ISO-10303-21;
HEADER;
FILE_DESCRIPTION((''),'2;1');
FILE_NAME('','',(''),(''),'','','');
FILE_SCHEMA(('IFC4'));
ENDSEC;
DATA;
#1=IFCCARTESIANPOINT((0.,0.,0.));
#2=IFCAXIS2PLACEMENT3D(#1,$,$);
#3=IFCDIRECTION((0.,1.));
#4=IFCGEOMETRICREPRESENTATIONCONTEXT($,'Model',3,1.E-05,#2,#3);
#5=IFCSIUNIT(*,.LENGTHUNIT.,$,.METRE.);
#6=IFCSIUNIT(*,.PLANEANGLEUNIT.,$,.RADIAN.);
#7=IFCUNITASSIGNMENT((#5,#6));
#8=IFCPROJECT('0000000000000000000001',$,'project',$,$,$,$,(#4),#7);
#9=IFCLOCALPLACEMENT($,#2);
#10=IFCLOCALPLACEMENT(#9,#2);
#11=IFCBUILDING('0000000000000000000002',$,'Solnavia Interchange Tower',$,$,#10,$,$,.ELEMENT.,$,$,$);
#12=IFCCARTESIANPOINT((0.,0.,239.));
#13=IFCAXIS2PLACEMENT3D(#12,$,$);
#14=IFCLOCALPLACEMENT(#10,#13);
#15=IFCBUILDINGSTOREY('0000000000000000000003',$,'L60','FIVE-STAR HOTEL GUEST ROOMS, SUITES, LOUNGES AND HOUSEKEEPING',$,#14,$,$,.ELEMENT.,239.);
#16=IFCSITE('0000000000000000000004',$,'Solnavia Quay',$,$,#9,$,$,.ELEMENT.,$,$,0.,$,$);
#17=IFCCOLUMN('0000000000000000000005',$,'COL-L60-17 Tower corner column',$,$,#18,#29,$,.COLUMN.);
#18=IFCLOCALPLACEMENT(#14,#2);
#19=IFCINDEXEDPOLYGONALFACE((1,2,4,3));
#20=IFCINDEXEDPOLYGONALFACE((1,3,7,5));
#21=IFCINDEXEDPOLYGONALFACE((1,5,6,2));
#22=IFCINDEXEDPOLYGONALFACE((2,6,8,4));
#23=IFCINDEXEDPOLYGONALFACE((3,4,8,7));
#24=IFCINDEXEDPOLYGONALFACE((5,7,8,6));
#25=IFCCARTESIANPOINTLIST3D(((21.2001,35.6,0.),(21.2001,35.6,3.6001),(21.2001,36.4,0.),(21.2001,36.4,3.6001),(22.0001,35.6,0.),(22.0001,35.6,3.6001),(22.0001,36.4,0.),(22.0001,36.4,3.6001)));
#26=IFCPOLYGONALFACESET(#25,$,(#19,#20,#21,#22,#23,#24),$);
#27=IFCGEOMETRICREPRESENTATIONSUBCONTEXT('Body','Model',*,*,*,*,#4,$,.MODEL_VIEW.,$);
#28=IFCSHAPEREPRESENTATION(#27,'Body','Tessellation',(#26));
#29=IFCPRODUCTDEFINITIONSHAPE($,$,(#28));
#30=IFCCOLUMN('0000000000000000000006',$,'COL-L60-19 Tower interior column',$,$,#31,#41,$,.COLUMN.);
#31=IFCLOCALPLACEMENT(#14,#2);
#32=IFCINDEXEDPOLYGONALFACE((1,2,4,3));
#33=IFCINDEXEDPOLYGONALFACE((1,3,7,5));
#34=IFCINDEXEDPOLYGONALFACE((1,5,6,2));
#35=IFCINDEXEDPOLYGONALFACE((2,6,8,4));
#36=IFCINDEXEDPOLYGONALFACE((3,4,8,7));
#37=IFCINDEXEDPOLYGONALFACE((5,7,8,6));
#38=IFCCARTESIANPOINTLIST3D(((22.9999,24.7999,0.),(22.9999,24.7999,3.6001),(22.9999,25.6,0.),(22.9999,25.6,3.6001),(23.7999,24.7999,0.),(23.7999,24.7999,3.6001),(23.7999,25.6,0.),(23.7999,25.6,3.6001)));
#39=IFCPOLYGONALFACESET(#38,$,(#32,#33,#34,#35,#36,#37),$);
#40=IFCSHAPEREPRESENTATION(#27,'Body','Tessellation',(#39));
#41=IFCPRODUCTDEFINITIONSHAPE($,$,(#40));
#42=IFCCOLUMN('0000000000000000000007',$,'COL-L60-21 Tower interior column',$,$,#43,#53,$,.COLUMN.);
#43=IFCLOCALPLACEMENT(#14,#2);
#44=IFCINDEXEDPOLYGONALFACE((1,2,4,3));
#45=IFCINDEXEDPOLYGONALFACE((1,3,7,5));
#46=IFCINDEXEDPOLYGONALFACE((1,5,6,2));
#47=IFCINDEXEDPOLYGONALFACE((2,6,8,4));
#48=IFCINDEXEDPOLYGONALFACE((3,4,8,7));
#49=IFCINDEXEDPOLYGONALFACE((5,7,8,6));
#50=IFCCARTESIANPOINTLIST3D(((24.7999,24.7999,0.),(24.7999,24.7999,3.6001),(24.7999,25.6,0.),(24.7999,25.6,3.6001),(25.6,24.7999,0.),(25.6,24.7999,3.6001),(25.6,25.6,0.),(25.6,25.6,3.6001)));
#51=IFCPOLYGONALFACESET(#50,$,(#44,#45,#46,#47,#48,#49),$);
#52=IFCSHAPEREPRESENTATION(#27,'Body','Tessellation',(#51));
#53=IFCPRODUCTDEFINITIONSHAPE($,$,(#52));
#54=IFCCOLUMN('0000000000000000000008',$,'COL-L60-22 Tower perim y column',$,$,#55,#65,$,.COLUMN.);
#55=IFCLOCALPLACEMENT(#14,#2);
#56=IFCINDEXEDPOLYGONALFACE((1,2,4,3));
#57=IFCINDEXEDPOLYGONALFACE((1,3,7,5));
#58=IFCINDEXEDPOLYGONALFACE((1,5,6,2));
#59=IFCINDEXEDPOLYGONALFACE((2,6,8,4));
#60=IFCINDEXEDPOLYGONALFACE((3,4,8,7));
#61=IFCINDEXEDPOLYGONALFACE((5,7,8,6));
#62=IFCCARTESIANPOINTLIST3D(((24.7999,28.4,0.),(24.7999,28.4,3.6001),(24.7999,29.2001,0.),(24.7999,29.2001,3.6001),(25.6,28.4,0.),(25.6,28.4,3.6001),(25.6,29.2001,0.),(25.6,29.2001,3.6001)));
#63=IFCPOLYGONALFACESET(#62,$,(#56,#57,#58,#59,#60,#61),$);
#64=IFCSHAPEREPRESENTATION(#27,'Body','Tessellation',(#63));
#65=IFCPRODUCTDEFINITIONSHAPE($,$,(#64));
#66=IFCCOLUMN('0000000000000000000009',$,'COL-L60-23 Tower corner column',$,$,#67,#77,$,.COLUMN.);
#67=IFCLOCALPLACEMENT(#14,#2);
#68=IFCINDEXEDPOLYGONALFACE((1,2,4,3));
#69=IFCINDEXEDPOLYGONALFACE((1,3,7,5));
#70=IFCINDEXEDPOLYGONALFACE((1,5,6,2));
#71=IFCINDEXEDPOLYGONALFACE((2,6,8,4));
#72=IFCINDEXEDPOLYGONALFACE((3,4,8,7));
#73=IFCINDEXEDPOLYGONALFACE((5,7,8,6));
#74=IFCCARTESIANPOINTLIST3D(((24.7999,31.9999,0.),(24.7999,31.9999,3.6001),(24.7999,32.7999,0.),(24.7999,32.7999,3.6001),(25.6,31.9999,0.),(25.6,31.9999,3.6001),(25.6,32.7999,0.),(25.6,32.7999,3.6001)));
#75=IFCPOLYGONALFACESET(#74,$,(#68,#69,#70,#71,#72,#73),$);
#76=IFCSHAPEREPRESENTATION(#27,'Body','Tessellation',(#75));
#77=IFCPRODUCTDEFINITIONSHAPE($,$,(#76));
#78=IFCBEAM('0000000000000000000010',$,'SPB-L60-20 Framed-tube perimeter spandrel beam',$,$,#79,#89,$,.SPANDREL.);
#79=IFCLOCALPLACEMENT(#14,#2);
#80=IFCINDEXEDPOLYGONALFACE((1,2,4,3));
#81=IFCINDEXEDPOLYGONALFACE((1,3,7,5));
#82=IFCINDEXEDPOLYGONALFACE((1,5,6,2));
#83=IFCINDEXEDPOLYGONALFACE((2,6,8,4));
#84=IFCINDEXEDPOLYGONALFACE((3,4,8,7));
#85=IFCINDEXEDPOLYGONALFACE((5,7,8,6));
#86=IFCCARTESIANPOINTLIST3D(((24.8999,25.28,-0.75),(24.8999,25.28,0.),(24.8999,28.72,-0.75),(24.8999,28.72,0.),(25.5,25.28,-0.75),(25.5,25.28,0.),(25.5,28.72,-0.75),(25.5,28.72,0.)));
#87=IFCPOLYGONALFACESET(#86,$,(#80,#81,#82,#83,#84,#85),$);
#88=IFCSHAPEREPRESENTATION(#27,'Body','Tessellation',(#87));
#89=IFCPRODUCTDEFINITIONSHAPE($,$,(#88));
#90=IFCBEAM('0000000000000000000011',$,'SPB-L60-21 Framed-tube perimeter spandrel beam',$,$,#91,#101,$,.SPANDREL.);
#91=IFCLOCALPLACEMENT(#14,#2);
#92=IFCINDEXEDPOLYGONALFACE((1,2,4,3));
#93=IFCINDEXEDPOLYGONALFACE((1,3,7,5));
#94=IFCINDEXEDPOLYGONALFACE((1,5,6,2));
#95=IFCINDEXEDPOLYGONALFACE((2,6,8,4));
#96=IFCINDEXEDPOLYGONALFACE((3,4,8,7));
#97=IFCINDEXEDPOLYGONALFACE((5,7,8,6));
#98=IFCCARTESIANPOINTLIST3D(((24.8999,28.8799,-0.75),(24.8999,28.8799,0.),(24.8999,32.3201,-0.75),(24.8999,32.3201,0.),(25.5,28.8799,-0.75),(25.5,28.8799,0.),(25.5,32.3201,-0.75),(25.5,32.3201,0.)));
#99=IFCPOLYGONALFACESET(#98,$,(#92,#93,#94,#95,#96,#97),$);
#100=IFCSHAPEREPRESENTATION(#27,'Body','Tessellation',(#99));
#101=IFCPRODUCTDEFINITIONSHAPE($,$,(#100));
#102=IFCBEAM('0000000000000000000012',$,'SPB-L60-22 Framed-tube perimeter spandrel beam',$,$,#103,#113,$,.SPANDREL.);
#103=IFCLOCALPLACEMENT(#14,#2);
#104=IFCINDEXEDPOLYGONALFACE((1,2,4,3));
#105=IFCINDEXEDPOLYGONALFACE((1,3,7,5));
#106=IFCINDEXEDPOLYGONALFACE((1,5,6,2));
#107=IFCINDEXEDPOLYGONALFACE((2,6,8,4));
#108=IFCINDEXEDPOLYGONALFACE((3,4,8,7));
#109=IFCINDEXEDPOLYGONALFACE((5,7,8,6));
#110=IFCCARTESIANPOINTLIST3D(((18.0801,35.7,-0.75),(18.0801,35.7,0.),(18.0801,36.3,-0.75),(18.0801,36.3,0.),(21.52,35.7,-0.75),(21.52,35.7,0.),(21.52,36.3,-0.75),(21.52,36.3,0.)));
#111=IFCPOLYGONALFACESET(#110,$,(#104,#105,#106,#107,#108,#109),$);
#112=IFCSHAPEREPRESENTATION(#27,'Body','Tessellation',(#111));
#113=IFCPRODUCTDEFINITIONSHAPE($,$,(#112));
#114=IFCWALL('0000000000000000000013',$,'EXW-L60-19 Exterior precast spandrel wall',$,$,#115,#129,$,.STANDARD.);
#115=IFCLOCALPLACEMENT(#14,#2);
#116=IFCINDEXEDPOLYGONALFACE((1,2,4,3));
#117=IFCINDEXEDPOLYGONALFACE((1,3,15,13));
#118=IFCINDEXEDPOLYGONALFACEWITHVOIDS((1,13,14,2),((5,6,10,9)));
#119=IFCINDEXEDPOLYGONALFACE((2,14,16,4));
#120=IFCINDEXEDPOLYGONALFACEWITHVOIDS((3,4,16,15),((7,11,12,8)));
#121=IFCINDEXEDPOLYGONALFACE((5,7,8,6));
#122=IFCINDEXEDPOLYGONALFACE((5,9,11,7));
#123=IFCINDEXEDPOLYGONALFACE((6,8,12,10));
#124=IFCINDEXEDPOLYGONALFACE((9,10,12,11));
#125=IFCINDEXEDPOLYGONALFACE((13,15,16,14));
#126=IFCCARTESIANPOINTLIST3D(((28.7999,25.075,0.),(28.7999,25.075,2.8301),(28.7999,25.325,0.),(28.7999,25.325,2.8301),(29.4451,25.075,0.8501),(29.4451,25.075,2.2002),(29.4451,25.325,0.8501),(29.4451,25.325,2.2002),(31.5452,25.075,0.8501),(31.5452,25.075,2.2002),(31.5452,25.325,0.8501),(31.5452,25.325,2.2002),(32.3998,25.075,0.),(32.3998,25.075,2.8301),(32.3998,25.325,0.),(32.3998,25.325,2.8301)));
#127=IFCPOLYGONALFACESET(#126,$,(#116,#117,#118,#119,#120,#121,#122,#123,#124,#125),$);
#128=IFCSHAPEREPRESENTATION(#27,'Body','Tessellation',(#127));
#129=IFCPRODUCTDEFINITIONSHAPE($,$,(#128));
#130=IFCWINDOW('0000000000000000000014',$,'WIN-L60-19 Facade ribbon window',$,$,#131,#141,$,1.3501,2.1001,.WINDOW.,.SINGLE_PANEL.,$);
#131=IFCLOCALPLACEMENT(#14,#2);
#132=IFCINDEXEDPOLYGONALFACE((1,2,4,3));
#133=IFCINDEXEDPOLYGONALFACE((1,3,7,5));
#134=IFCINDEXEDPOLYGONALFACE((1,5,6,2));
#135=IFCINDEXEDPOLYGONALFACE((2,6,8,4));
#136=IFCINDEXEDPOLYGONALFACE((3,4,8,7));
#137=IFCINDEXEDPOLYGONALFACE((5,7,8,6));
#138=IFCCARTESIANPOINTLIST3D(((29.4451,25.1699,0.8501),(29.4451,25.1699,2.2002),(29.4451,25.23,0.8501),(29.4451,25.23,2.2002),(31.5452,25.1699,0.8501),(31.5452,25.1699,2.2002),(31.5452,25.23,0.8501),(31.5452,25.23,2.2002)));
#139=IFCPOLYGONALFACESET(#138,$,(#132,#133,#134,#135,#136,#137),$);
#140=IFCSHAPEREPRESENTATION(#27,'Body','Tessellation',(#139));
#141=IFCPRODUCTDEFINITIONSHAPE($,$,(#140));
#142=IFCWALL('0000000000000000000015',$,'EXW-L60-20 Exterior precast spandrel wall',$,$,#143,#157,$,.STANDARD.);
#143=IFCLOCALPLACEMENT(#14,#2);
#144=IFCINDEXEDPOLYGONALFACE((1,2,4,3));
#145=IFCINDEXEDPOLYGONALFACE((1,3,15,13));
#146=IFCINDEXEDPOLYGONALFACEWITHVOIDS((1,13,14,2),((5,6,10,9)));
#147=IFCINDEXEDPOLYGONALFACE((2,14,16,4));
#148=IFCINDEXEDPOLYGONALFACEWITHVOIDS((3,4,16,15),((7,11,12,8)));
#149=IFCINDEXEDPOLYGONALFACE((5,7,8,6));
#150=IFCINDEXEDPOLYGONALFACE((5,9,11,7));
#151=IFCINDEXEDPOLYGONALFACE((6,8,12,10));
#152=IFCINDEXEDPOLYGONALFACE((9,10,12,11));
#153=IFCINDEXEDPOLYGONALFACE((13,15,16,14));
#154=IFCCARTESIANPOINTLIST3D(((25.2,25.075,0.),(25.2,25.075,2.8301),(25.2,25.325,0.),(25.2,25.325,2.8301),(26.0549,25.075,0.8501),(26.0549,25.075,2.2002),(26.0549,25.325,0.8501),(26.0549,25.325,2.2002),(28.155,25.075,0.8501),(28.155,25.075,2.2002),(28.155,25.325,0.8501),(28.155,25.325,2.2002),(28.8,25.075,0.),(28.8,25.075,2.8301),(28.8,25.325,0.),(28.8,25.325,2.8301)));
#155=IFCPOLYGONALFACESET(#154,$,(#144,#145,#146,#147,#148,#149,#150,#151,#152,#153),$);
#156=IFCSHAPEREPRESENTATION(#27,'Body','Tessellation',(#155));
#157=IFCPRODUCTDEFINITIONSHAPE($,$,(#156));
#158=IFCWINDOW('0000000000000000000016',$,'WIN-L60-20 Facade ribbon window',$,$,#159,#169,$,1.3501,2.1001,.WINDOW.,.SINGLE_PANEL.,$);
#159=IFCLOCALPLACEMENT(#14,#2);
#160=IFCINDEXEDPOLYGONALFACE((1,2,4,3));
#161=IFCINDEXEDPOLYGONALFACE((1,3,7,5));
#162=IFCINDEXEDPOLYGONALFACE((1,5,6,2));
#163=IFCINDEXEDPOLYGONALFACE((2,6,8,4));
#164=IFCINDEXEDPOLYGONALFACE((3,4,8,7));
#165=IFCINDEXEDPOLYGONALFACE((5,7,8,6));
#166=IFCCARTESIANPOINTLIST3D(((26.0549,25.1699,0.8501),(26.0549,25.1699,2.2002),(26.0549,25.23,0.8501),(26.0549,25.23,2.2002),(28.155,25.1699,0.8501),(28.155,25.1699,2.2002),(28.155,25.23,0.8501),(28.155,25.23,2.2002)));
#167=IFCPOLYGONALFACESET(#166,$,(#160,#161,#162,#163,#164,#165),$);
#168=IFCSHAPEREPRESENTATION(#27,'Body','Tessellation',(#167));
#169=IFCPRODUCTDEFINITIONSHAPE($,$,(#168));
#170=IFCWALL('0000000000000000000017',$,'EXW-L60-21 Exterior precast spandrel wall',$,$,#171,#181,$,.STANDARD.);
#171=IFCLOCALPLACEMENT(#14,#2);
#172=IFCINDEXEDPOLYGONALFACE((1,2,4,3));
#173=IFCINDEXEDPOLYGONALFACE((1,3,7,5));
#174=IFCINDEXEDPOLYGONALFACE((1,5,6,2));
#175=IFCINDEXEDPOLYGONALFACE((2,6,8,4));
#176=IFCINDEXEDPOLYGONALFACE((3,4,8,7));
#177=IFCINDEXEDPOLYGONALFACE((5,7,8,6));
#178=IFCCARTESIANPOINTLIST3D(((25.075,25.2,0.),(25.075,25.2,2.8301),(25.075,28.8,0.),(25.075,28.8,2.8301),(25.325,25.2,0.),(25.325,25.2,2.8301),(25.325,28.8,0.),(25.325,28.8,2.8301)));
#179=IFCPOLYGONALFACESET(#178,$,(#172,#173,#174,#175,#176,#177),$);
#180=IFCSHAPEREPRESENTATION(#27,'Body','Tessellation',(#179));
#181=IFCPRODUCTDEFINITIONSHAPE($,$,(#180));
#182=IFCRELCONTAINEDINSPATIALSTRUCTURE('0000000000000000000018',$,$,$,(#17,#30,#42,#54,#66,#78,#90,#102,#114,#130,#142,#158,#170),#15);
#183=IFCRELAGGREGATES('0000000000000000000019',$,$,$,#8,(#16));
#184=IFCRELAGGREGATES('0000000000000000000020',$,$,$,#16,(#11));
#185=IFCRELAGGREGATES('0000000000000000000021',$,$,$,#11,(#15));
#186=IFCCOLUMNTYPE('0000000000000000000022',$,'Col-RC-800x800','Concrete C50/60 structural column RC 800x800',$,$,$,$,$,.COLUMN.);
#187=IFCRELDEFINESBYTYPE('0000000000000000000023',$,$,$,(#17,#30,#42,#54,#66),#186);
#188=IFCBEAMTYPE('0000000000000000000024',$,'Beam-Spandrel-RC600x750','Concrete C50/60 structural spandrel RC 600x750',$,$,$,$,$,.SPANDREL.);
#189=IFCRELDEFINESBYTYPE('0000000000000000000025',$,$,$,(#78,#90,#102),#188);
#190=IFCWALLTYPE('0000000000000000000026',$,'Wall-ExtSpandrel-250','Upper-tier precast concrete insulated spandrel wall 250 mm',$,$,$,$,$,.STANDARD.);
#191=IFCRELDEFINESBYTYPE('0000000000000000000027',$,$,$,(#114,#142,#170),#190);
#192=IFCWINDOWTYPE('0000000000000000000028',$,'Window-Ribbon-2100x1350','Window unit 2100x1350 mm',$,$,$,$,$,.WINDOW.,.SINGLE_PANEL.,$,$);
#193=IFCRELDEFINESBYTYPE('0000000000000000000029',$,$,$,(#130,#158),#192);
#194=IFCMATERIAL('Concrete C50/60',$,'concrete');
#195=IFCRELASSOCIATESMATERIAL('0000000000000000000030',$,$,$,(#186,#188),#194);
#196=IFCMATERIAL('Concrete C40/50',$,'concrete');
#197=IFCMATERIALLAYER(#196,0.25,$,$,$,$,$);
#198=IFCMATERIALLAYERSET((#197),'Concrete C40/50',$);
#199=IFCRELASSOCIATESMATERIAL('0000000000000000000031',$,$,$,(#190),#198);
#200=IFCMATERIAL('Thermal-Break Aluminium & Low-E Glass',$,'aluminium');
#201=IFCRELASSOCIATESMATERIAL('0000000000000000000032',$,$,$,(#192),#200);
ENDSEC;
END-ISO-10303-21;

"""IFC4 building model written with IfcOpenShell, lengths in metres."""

from ifc_helpers import new_model, si_unit, direction, frame, frame_2d, origin, origin_2d, place, context, subcontext, project, spatial, rectangle, extrude, material, layer, layer_set, material_profile, profile_set, type_object, element, fill, save


model = new_model("IFC4")

# Units and contexts
model_context = context("Model", 3, precision=1e-05, world=origin(), true_north=direction((0.0, 1.0)))
body_context = subcontext(model_context, "Body", "Model", "MODEL_VIEW")
ifc_project = project(units=[si_unit("LENGTHUNIT", "METRE"), si_unit("PLANEANGLEUNIT", "RADIAN")], contexts=[model_context])

# Site, building, storey
site_placement = place(None, origin())
site = spatial("IfcSite", under=ifc_project, at=site_placement, Name="Solnavia Quay", CompositionType="ELEMENT", RefElevation=0.0)
building_placement = place(site_placement, origin())
building = spatial("IfcBuilding", under=site, at=building_placement, Name="Solnavia Interchange Tower", CompositionType="ELEMENT")
storey_placement = place(building_placement, frame((0.0, 0.0, 239.0)))
storey = spatial("IfcBuildingStorey", under=building, at=storey_placement, Name="L60", Description="FIVE-STAR HOTEL GUEST ROOMS, SUITES, LOUNGES AND HOUSEKEEPING", CompositionType="ELEMENT", Elevation=239.0)

# Columns
ifc_material_1 = material(Name="Concrete C50/60", Category="concrete")
ifc_material_profile_1 = material_profile(ifc_material_1, rectangle(XDim=0.8, YDim=0.8, at=origin_2d()), Name="RC 800x800")
ifc_profile_set_1 = profile_set([ifc_material_profile_1], Name="Concrete C50/60")
column_type = type_object("IfcColumnType", Name="Col-RC-800x800", Description="Concrete C50/60 structural column RC 800x800", PredefinedType="COLUMN", material=ifc_profile_set_1)
for number, where, z_axis, x_axis, name in (
    (1, (21.6001, 36.0, 0.0), (0.0, 0.0, 1.0), (1.0, 0.0, 0.0), "COL-L60-17 Tower corner column"),
    (2, (23.3999, 25.2, 0.0), (0.0, 0.0, 1.0), (1.0, 0.0, 0.0), "COL-L60-19 Tower interior column"),
    (3, (25.2, 25.2, 0.0), (0.0, 0.0, 1.0), (1.0, 0.0, 0.0), "COL-L60-21 Tower interior column"),
    (4, (25.2, 28.8, 0.0), (0.0, 0.0, 1.0), (0.0, 1.0, 0.0), "COL-L60-22 Tower perim y column"),
    (5, (25.2, 32.3999, 0.0), (0.0, 0.0, 1.0), (0.0, 1.0, 0.0), "COL-L60-23 Tower corner column"),
):
    element("IfcColumn", number, at=place(storey_placement, frame(where, z_axis=z_axis, x_axis=x_axis)), inside=storey, type_object=column_type, Name=name, PredefinedType="COLUMN", context=body_context, shape_type="SweptSolid", body=[
        extrude(rectangle(XDim=0.8, YDim=0.8, at=origin_2d()), origin(), (0.0, 0.0, 1.0), 3.6001),
    ])

# Beams
ifc_material_profile_2 = material_profile(ifc_material_1, rectangle(XDim=0.6001, YDim=0.75, at=origin_2d()), Name="RC 600x750")
ifc_profile_set_2 = profile_set([ifc_material_profile_2], Name="Concrete C50/60")
beam_type = type_object("IfcBeamType", Name="Beam-Spandrel-RC600x750", Description="Concrete C50/60 structural spandrel RC 600x750", PredefinedType="SPANDREL", material=ifc_profile_set_2)
beam_1_placement = place(storey_placement, frame((25.2, 25.28, -0.375), z_axis=(0.0, 1.0, 0.0), x_axis=(-1.0, 0.0, 0.0)))
element("IfcBeam", 6, at=beam_1_placement, inside=storey, type_object=beam_type, Name="SPB-L60-20 Framed-tube perimeter spandrel beam", PredefinedType="SPANDREL", context=body_context, shape_type="SweptSolid", body=[
    extrude(rectangle(XDim=0.6001, YDim=0.75, at=origin_2d()), origin(), (0.0, 0.0, 1.0), 3.4399),
])
beam_2_placement = place(storey_placement, frame((25.2, 28.8799, -0.375), z_axis=(0.0, 1.0, 0.0), x_axis=(-1.0, 0.0, 0.0)))
element("IfcBeam", 7, at=beam_2_placement, inside=storey, type_object=beam_type, Name="SPB-L60-21 Framed-tube perimeter spandrel beam", PredefinedType="SPANDREL", context=body_context, shape_type="SweptSolid", body=[
    extrude(rectangle(XDim=0.6001, YDim=0.75, at=origin_2d()), origin(), (0.0, 0.0, 1.0), 3.4402),
])
beam_3_placement = place(storey_placement, frame((21.52, 36.0, -0.375), z_axis=(-1.0, 0.0, 0.0), x_axis=(0.0, -1.0, 0.0)))
element("IfcBeam", 8, at=beam_3_placement, inside=storey, type_object=beam_type, Name="SPB-L60-22 Framed-tube perimeter spandrel beam", PredefinedType="SPANDREL", context=body_context, shape_type="SweptSolid", body=[
    extrude(rectangle(XDim=0.6001, YDim=0.75, at=origin_2d()), origin(), (0.0, 0.0, 1.0), 3.4399),
])

# Walls, openings, windows
ifc_material_2 = material(Name="Concrete C40/50", Category="concrete")
ifc_layer = layer(ifc_material_2, 0.25)
ifc_layer_set = layer_set([ifc_layer], Name="Concrete C40/50")
wall_type = type_object("IfcWallType", Name="Wall-ExtSpandrel-250", Description="Upper-tier precast concrete insulated spandrel wall 250 mm", PredefinedType="STANDARD", material=ifc_layer_set)
wall_1_placement = place(storey_placement, frame((28.8, 25.2, 0.0), z_axis=(0.0, 0.0, 1.0), x_axis=(1.0, 0.0, 0.0)))
wall_1 = element("IfcWall", 9, at=wall_1_placement, inside=storey, type_object=wall_type, Name="EXW-L60-19 Exterior precast spandrel wall", PredefinedType="STANDARD", context=body_context, shape_type="SweptSolid", body=[
    extrude(rectangle(XDim=3.5999, YDim=0.25, at=frame_2d((1.7998, 0.0))), origin(), (0.0, 0.0, 1.0), 2.8301),
])
opening_1_placement = place(wall_1_placement, frame((0.645, 0.0, 0.8501)))
opening_1 = element("IfcOpeningElement", 10, at=opening_1_placement, cuts=wall_1, PredefinedType="OPENING", context=body_context, shape_type="SweptSolid", body=[
    extrude(rectangle(XDim=2.1001, YDim=1.3501, at=frame_2d((1.05, 0.675))), frame((0.0, 0.135, 0.0), z_axis=(0.0, -1.0, 0.0), x_axis=(1.0, 0.0, 0.0)), (0.0, 0.0, 1.0), 0.27),
])
ifc_material_3 = material(Name="Thermal-Break Aluminium & Low-E Glass", Category="aluminium")
window_type = type_object("IfcWindowType", Name="Window-Ribbon-2100x1350", Description="Window unit 2100x1350 mm", PartitioningType="SINGLE_PANEL", PredefinedType="WINDOW", material=ifc_material_3)
window_1_placement = place(opening_1_placement, origin())
window_1 = element("IfcWindow", 11, at=window_1_placement, inside=storey, type_object=window_type, Name="WIN-L60-19 Facade ribbon window", OverallHeight=1.3501, OverallWidth=2.1001, PartitioningType="SINGLE_PANEL", PredefinedType="WINDOW", context=body_context, shape_type="SweptSolid", body=[
    extrude(rectangle(XDim=2.1001, YDim=1.3501, at=frame_2d((1.05, 0.675))), frame((0.0, 0.03, 0.0), z_axis=(0.0, -1.0, 0.0), x_axis=(1.0, 0.0, 0.0)), (0.0, 0.0, 1.0), 0.0601),
])
fill(opening_1, window_1)
wall_2_placement = place(storey_placement, frame((25.2, 25.2, 0.0), z_axis=(0.0, 0.0, 1.0), x_axis=(1.0, 0.0, 0.0)))
wall_2 = element("IfcWall", 12, at=wall_2_placement, inside=storey, type_object=wall_type, Name="EXW-L60-20 Exterior precast spandrel wall", PredefinedType="STANDARD", context=body_context, shape_type="SweptSolid", body=[
    extrude(rectangle(XDim=3.6001, YDim=0.25, at=frame_2d((1.8, 0.0))), origin(), (0.0, 0.0, 1.0), 2.8301),
])
opening_2_placement = place(wall_2_placement, frame((0.855, 0.0, 0.8501)))
opening_2 = element("IfcOpeningElement", 13, at=opening_2_placement, cuts=wall_2, PredefinedType="OPENING", context=body_context, shape_type="SweptSolid", body=[
    extrude(rectangle(XDim=2.1001, YDim=1.3501, at=frame_2d((1.05, 0.675))), frame((0.0, 0.135, 0.0), z_axis=(0.0, -1.0, 0.0), x_axis=(1.0, 0.0, 0.0)), (0.0, 0.0, 1.0), 0.27),
])
window_2_placement = place(opening_2_placement, origin())
window_2 = element("IfcWindow", 14, at=window_2_placement, inside=storey, type_object=window_type, Name="WIN-L60-20 Facade ribbon window", OverallHeight=1.3501, OverallWidth=2.1001, PartitioningType="SINGLE_PANEL", PredefinedType="WINDOW", context=body_context, shape_type="SweptSolid", body=[
    extrude(rectangle(XDim=2.1001, YDim=1.3501, at=frame_2d((1.05, 0.675))), frame((0.0, 0.03, 0.0), z_axis=(0.0, -1.0, 0.0), x_axis=(1.0, 0.0, 0.0)), (0.0, 0.0, 1.0), 0.0601),
])
fill(opening_2, window_2)

# Wall
wall_3_placement = place(storey_placement, frame((25.2, 28.8, 0.0), z_axis=(0.0, 0.0, 1.0), x_axis=(0.0, -1.0, 0.0)))
element("IfcWall", 15, at=wall_3_placement, inside=storey, type_object=wall_type, Name="EXW-L60-21 Exterior precast spandrel wall", PredefinedType="STANDARD", context=body_context, shape_type="SweptSolid", body=[
    extrude(rectangle(XDim=3.6001, YDim=0.25, at=frame_2d((1.8, 0.0))), origin(), (0.0, 0.0, 1.0), 2.8301),
])

save(model, "model.ifc")
